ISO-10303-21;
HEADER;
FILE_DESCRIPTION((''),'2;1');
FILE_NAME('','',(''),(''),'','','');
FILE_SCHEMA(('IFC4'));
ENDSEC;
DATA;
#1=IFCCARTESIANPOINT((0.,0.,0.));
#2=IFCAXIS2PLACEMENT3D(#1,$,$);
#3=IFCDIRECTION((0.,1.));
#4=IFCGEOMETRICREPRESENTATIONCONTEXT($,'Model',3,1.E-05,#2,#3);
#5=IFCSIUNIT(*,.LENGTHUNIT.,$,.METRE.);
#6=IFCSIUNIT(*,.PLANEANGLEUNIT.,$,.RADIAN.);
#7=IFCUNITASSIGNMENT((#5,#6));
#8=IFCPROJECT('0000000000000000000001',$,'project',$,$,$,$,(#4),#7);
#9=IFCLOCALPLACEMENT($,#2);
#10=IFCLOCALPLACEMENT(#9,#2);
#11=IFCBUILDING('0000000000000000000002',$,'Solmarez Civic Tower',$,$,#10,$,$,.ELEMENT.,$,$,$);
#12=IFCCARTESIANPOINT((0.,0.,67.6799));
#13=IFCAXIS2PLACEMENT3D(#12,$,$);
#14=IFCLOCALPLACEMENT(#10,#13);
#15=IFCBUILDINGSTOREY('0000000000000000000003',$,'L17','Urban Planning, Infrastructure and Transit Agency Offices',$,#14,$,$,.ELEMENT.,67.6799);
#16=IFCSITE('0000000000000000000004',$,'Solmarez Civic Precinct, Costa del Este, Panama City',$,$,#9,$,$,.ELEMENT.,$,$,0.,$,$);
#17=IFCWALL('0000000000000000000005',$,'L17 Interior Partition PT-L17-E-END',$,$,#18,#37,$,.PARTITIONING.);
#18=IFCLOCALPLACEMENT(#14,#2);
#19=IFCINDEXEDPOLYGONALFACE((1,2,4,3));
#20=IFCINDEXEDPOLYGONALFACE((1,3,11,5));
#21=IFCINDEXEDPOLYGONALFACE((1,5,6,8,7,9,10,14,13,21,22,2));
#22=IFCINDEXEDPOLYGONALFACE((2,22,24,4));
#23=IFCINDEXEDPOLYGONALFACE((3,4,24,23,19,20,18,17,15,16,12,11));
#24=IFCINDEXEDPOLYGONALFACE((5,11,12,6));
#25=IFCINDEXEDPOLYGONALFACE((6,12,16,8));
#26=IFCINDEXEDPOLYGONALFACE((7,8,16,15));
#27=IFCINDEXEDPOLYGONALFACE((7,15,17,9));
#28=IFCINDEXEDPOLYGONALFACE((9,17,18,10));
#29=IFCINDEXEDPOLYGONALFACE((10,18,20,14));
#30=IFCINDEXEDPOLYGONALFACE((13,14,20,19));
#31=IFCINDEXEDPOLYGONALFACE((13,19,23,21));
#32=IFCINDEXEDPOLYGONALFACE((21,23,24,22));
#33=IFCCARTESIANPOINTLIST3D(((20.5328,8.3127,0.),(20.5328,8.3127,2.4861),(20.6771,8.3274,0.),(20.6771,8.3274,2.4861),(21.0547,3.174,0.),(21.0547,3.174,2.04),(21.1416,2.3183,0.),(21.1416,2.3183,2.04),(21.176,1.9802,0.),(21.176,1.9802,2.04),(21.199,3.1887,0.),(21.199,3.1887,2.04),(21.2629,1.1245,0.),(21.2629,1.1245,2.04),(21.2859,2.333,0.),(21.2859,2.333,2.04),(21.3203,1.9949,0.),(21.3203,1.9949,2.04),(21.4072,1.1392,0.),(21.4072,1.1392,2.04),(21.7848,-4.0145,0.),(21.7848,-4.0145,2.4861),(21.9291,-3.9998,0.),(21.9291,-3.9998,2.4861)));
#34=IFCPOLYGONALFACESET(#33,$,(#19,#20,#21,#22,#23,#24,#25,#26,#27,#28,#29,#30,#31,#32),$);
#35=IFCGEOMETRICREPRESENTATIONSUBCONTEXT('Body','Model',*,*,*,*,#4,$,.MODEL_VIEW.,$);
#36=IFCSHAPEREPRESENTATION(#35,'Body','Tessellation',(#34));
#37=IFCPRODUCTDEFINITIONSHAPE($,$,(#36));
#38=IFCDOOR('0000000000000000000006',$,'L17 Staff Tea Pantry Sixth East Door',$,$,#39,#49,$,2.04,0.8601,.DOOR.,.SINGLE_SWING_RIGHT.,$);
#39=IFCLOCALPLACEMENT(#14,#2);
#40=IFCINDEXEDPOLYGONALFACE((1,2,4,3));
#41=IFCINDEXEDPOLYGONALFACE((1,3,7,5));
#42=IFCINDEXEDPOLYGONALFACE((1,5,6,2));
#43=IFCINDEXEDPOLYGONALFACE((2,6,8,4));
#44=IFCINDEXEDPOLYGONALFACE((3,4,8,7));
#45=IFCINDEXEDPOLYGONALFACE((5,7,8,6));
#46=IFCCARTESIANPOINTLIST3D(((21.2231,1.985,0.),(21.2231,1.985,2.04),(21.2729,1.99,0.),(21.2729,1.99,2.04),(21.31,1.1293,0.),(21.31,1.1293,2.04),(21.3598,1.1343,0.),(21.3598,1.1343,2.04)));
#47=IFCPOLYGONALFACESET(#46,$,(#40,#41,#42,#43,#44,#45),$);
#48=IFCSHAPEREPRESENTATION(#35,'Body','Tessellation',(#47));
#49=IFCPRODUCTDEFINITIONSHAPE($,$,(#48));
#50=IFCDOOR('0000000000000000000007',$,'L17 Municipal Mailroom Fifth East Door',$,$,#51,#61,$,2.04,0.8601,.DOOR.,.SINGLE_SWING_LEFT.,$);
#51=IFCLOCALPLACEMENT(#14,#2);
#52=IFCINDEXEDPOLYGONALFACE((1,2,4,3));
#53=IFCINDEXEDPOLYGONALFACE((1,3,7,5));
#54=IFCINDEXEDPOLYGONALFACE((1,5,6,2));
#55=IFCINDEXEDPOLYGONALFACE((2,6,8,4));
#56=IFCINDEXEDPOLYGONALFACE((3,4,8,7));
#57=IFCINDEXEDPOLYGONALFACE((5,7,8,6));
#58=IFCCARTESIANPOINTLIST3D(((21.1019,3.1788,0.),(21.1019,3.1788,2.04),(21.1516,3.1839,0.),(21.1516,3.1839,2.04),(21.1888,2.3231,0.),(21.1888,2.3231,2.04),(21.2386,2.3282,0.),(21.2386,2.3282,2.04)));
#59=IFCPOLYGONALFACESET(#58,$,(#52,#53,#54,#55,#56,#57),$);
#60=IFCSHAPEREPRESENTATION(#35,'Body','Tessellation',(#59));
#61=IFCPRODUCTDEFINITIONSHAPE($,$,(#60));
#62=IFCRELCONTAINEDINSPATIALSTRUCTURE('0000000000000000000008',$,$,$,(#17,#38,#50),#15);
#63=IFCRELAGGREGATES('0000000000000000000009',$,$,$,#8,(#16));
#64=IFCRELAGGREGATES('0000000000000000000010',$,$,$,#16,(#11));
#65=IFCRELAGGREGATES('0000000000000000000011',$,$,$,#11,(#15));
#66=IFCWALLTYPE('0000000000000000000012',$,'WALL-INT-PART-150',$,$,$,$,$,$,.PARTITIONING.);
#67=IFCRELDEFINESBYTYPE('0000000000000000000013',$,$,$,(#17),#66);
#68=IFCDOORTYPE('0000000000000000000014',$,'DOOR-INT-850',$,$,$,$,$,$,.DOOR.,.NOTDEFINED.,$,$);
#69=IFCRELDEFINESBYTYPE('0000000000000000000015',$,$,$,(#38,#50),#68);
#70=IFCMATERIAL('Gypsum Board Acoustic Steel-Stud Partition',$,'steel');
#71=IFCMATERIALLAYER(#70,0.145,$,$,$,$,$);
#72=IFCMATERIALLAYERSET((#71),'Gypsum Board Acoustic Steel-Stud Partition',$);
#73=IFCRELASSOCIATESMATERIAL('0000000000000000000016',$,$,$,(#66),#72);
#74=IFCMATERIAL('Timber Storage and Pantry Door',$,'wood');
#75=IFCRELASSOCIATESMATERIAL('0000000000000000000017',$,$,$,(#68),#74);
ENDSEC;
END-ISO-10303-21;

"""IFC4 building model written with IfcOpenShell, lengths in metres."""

from ifc_helpers import new_model, si_unit, direction, frame, frame_2d, origin, place, context, subcontext, project, spatial, rectangle, extrude, material, layer, layer_set, type_object, element, fill, save


model = new_model("IFC4")

# Units and contexts
model_context = context("Model", 3, precision=1e-05, world=origin(), true_north=direction((0.0, 1.0)))
body_context = subcontext(model_context, "Body", "Model", "MODEL_VIEW")
ifc_project = project(units=[si_unit("LENGTHUNIT", "METRE"), si_unit("PLANEANGLEUNIT", "RADIAN")], contexts=[model_context])

# Site, building, storey
site_placement = place(None, origin())
site = spatial("IfcSite", under=ifc_project, at=site_placement, Name="Solmarez Civic Precinct, Costa del Este, Panama City", CompositionType="ELEMENT", RefElevation=0.0)
building_placement = place(site_placement, origin())
building = spatial("IfcBuilding", under=site, at=building_placement, Name="Solmarez Civic Tower", CompositionType="ELEMENT")
storey_placement = place(building_placement, frame((0.0, 0.0, 67.6799)))
storey = spatial("IfcBuildingStorey", under=building, at=storey_placement, Name="L17", Description="Urban Planning, Infrastructure and Transit Agency Offices", CompositionType="ELEMENT", Elevation=67.6799)

# Shared definitions
ifc_material_1 = material(Name="Gypsum Board Acoustic Steel-Stud Partition", Category="steel")
ifc_layer_1 = layer(ifc_material_1, 0.145)
ifc_layer_set_1 = layer_set([ifc_layer_1], Name="Gypsum Board Acoustic Steel-Stud Partition")
wall_type_1 = type_object("IfcWallType", Name="WALL-INT-PART-150", PredefinedType="PARTITIONING", material=ifc_layer_set_1)

# Wall, openings, doors
wall_1_placement = place(storey_placement, frame((20.605, 8.3201, 0.0), z_axis=(0.0, 0.0, 1.0), x_axis=(0.101041, -0.994882, 0.0)))
wall_1 = element("IfcWall", 1, at=wall_1_placement, inside=storey, type_object=wall_type_1, Name="L17 Interior Partition PT-L17-E-END", PredefinedType="PARTITIONING", context=body_context, shape_type="SweptSolid", body=[
    extrude(rectangle(XDim=12.3906, YDim=0.145, at=frame_2d((6.1953, 0.0))), origin(), (0.0, 0.0, 1.0), 2.4861),
])
opening_1_placement = place(wall_1_placement, frame((6.365, 0.0, 0.0)))
opening_1 = element("IfcOpeningElement", 2, at=opening_1_placement, cuts=wall_1, PredefinedType="OPENING", context=body_context, shape_type="SweptSolid", body=[
    extrude(rectangle(XDim=0.8601, YDim=2.04, at=frame_2d((0.4302, 1.02))), frame((0.0, 0.0825, 0.0), z_axis=(0.0, -1.0, 0.0), x_axis=(1.0, 0.0, 0.0)), (0.0, 0.0, 1.0), 0.165),
])
opening_2_placement = place(wall_1_placement, frame((5.165, 0.0, 0.0)))
opening_2 = element("IfcOpeningElement", 3, at=opening_2_placement, cuts=wall_1, PredefinedType="OPENING", context=body_context, shape_type="SweptSolid", body=[
    extrude(rectangle(XDim=0.8601, YDim=2.04, at=frame_2d((0.4302, 1.02))), frame((0.0, 0.0825, 0.0), z_axis=(0.0, -1.0, 0.0), x_axis=(1.0, 0.0, 0.0)), (0.0, 0.0, 1.0), 0.165),
])
ifc_material_2 = material(Name="Timber Storage and Pantry Door", Category="wood")
door_type_1 = type_object("IfcDoorType", Name="DOOR-INT-850", OperationType="NOTDEFINED", PredefinedType="DOOR", material=ifc_material_2)
door_1_placement = place(opening_1_placement, origin())
door_1 = element("IfcDoor", 4, at=door_1_placement, inside=storey, type_object=door_type_1, Name="L17 Staff Tea Pantry Sixth East Door", OperationType="SINGLE_SWING_RIGHT", OverallHeight=2.04, OverallWidth=0.8601, PredefinedType="DOOR", context=body_context, shape_type="SweptSolid", body=[
    extrude(rectangle(XDim=0.8601, YDim=2.04, at=frame_2d((0.4302, 1.02))), frame((0.0, 0.0249, 0.0), z_axis=(0.0, -1.0, 0.0), x_axis=(1.0, 0.0, 0.0)), (0.0, 0.0, 1.0), 0.05),
])
fill(opening_1, door_1)
door_2_placement = place(opening_2_placement, origin())
door_2 = element("IfcDoor", 5, at=door_2_placement, inside=storey, type_object=door_type_1, Name="L17 Municipal Mailroom Fifth East Door", OperationType="SINGLE_SWING_LEFT", OverallHeight=2.04, OverallWidth=0.8601, PredefinedType="DOOR", context=body_context, shape_type="SweptSolid", body=[
    extrude(rectangle(XDim=0.8601, YDim=2.04, at=frame_2d((0.4302, 1.02))), frame((0.0, 0.0249, 0.0), z_axis=(0.0, -1.0, 0.0), x_axis=(1.0, 0.0, 0.0)), (0.0, 0.0, 1.0), 0.05),
])
fill(opening_2, door_2)

save(model, "model.ifc")
